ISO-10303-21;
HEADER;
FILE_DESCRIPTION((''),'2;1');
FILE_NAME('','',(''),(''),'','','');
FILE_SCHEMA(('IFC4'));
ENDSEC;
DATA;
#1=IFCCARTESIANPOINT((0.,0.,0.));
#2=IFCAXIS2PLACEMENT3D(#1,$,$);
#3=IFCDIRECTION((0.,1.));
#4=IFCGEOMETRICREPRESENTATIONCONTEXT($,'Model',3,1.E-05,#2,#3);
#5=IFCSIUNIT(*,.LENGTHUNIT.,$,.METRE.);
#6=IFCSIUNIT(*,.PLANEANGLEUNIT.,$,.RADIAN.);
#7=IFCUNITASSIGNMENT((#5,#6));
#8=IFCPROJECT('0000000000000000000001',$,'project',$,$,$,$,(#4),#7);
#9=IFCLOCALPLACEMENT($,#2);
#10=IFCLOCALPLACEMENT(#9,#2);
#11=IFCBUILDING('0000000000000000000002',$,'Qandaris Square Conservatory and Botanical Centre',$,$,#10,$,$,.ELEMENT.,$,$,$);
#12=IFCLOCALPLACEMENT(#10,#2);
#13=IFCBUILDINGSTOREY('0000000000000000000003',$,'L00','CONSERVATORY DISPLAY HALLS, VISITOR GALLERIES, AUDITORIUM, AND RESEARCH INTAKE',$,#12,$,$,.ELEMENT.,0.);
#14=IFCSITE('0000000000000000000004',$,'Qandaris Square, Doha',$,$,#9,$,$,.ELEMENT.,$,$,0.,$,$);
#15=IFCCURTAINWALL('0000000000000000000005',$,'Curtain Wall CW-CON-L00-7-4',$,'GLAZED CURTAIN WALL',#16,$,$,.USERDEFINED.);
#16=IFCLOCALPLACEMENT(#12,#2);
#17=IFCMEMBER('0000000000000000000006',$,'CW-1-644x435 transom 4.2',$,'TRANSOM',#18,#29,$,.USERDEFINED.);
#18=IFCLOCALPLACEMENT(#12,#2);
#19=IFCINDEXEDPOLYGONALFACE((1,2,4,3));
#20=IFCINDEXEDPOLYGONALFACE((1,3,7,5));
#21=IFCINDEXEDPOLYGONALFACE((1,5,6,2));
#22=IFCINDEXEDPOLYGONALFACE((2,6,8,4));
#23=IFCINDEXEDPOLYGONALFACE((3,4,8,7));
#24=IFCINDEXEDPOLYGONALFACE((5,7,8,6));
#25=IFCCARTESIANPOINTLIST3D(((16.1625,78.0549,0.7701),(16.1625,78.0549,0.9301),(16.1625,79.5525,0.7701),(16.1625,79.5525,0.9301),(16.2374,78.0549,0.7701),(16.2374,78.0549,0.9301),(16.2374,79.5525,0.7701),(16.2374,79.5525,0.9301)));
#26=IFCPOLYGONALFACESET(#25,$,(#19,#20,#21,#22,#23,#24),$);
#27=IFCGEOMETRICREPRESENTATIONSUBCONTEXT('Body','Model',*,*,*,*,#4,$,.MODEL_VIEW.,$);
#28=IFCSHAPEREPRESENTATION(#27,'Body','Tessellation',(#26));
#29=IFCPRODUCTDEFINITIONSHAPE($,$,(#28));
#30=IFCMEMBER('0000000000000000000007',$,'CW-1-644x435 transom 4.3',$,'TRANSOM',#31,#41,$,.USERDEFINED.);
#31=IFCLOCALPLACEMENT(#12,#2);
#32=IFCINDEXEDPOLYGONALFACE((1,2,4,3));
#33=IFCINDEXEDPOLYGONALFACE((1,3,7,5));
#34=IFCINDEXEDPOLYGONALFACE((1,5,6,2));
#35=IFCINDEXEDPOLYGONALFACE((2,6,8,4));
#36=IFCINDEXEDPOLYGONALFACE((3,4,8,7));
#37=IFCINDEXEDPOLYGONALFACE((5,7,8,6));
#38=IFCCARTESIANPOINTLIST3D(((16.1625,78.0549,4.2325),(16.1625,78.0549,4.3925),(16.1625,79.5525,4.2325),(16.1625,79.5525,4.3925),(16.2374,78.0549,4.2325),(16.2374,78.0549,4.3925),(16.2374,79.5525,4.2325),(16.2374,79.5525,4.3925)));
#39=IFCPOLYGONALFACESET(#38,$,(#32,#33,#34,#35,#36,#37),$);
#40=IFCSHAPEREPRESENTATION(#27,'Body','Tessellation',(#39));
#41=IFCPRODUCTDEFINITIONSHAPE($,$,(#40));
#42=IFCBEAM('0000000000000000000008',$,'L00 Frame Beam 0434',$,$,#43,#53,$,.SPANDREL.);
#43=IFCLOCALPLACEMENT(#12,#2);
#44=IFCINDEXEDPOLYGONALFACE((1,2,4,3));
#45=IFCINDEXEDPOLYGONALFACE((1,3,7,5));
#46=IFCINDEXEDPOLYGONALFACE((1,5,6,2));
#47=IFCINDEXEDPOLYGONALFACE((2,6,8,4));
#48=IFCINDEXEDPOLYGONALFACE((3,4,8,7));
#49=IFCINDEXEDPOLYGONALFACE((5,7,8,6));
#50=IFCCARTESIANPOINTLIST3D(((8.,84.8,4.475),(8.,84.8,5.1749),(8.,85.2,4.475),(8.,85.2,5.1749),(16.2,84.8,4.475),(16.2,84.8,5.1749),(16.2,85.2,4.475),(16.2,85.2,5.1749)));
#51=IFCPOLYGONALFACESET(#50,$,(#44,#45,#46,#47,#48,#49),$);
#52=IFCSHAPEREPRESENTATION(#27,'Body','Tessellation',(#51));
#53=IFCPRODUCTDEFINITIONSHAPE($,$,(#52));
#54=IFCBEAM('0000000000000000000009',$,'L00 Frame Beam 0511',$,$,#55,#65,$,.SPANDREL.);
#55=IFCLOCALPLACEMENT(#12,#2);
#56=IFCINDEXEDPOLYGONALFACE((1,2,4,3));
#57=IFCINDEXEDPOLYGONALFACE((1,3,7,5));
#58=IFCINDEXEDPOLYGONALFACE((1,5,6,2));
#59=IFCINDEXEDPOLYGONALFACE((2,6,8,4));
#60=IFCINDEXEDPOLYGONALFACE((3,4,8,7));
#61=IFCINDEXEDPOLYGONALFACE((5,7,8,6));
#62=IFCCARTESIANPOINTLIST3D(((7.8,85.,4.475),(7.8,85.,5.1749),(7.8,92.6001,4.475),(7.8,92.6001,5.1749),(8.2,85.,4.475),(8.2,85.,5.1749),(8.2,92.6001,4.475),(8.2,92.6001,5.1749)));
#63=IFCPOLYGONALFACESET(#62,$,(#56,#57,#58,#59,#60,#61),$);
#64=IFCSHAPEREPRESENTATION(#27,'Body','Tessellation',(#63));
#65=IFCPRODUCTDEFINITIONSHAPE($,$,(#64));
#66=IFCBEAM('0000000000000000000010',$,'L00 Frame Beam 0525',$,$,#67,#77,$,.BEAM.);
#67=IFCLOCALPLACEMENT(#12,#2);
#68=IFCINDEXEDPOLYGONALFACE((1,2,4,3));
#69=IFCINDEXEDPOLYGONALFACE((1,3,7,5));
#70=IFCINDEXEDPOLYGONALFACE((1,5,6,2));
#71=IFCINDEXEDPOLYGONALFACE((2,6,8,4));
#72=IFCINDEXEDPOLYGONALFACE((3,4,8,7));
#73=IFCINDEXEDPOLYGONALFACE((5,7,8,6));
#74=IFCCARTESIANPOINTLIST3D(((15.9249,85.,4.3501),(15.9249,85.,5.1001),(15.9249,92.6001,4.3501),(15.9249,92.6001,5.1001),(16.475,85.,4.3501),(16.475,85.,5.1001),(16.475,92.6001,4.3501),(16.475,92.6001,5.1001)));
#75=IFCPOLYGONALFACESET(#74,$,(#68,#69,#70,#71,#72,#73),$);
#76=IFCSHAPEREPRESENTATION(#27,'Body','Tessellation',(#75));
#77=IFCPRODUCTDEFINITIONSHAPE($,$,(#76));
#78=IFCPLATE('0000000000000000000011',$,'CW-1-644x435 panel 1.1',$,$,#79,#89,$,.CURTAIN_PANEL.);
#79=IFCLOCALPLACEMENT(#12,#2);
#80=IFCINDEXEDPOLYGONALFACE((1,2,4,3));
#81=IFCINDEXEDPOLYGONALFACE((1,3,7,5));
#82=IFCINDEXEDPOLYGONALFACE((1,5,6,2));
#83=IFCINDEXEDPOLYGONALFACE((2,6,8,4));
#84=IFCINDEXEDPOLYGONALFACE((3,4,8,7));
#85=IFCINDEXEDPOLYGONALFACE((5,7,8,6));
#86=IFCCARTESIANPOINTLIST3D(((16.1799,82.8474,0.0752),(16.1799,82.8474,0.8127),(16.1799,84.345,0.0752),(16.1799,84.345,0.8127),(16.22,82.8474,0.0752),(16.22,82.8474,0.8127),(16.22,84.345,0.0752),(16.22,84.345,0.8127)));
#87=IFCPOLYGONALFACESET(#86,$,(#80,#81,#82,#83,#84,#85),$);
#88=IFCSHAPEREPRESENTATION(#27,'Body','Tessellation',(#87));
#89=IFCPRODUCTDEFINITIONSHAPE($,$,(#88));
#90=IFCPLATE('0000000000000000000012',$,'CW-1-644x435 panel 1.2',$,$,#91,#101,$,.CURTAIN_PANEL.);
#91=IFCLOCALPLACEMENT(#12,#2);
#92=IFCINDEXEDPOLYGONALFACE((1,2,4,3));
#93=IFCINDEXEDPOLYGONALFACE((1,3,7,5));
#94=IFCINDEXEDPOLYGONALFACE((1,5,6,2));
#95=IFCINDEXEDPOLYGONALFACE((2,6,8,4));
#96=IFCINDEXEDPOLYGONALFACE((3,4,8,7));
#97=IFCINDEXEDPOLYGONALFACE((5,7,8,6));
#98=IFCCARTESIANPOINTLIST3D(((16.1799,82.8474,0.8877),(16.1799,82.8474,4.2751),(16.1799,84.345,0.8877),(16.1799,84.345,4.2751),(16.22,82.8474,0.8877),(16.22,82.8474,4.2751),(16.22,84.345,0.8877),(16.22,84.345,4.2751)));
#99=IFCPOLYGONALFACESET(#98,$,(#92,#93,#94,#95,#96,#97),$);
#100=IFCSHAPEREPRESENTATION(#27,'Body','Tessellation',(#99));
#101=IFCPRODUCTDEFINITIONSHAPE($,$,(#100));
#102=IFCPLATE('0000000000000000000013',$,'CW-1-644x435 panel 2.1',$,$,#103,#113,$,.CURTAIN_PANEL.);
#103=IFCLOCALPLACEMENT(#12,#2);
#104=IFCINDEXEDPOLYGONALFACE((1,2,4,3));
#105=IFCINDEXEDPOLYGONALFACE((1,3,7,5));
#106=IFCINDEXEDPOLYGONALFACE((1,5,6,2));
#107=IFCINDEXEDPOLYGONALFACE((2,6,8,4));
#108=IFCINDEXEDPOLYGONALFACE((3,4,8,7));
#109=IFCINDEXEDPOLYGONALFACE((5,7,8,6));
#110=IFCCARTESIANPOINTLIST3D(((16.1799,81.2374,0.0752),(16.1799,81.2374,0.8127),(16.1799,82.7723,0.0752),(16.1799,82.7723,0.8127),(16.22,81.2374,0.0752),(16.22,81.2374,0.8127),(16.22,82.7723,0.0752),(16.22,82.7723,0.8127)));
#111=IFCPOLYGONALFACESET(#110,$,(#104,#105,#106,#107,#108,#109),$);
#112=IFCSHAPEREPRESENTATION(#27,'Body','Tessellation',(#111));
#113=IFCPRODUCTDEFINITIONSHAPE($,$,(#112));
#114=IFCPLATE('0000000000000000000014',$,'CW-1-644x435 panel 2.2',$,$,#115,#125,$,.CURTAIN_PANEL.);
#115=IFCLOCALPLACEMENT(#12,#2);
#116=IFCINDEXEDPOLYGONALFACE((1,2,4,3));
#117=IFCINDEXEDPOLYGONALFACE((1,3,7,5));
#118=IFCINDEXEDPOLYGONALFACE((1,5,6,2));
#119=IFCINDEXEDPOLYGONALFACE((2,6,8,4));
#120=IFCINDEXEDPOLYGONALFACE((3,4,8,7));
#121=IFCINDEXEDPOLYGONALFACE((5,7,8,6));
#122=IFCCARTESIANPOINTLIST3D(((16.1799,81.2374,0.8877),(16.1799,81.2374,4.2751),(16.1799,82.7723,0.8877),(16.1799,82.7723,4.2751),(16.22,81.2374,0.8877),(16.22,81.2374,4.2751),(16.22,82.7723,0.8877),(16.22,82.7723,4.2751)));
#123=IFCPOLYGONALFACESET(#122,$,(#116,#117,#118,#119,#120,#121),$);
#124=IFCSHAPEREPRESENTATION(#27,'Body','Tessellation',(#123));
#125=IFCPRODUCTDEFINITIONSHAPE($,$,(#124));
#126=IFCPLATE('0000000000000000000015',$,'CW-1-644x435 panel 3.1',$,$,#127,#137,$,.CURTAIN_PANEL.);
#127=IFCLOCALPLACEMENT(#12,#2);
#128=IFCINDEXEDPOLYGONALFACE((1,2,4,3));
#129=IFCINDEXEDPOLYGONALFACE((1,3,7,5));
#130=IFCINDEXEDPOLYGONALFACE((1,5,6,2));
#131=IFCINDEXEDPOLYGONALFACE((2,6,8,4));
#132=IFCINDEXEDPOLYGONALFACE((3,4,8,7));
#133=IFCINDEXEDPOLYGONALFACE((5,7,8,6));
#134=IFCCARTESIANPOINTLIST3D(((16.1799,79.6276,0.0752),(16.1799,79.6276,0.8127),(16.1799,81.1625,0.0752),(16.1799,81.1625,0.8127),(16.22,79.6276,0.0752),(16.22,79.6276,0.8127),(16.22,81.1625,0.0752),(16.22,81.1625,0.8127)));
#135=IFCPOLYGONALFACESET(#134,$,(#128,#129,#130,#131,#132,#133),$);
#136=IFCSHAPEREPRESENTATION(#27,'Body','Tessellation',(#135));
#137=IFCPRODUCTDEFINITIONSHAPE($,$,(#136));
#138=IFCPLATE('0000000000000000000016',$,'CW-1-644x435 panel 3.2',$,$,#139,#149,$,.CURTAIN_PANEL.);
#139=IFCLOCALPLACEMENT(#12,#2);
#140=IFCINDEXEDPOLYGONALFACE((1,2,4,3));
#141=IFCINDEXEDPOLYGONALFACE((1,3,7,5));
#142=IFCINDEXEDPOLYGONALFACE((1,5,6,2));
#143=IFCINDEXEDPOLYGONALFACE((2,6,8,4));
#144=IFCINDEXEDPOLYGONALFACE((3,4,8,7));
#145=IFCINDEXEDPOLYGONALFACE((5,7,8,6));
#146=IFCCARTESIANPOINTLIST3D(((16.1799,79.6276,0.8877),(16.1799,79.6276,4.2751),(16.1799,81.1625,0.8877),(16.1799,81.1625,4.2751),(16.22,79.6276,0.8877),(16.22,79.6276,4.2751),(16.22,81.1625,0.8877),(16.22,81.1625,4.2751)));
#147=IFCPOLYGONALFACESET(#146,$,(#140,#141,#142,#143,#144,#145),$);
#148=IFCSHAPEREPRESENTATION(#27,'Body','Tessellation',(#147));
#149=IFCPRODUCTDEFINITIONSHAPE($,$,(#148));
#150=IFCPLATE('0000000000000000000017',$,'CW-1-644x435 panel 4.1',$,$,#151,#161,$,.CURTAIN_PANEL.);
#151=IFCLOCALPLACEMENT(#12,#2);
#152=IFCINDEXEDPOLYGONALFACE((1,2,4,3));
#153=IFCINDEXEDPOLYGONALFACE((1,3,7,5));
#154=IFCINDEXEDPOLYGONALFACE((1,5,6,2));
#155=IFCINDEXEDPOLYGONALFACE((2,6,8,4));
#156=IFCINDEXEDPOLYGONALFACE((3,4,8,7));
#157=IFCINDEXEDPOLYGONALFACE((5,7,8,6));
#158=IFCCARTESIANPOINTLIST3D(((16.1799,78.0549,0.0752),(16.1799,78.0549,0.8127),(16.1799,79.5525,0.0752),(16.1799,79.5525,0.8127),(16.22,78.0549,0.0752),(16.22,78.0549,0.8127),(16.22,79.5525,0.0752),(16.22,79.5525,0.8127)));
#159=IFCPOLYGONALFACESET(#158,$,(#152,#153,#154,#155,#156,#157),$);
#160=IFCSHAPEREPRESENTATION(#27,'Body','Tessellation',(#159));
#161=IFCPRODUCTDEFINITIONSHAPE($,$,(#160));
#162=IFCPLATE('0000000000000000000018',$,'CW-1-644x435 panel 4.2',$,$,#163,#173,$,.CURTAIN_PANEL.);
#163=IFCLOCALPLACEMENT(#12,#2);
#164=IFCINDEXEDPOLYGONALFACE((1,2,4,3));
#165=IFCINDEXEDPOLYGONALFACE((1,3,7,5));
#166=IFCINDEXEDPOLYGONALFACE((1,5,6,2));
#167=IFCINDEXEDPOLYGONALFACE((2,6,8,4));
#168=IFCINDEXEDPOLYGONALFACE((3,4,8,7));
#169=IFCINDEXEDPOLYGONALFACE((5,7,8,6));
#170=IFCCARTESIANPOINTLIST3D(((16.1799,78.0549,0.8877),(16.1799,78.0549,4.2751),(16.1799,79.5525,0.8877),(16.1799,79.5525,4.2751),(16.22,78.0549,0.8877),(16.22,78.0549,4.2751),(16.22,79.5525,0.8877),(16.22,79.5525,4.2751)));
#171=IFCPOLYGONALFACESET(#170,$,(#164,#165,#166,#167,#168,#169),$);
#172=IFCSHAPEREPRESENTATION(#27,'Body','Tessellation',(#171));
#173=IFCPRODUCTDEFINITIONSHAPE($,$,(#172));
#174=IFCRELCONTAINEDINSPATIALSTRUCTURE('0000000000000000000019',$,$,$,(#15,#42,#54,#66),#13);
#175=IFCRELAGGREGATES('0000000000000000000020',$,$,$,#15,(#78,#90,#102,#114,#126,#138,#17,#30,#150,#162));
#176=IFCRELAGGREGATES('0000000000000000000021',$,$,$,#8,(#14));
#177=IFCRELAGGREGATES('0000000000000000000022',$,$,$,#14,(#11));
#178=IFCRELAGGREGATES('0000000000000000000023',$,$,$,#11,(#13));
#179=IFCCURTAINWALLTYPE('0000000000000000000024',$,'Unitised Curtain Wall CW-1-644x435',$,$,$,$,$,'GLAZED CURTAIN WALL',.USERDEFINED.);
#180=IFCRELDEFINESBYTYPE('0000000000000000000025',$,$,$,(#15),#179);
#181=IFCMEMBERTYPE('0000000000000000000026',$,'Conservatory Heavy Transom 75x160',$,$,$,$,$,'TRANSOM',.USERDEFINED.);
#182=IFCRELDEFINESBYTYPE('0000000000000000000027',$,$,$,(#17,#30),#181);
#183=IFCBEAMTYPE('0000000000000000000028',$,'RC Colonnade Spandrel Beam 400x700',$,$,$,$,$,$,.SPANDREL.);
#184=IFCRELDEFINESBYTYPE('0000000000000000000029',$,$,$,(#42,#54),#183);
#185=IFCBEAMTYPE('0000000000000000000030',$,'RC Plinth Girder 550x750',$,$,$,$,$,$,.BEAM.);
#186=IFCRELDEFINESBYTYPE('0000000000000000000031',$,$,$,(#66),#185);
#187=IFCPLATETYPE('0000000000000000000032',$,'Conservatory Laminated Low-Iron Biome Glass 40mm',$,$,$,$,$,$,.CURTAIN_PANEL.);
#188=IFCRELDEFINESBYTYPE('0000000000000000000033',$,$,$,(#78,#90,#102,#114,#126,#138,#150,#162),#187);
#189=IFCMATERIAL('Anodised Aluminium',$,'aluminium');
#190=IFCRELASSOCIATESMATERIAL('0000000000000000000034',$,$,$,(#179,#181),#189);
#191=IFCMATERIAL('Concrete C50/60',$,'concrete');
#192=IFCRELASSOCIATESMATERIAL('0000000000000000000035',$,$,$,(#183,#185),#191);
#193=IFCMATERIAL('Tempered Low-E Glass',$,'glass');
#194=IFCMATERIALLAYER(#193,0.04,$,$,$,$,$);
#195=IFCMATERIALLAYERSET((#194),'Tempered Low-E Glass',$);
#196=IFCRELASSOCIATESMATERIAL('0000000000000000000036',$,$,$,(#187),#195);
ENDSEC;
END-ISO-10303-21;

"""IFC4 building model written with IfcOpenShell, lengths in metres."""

from ifc_helpers import new_model, si_unit, direction, frame, origin, origin_2d, place, context, subcontext, project, spatial, rectangle, extrude, material, layer, layer_set, material_profile, profile_set, type_object, element, aggregate, save


model = new_model("IFC4")

# Units and contexts
model_context = context("Model", 3, precision=1e-05, world=origin(), true_north=direction((0.0, 1.0)))
body_context = subcontext(model_context, "Body", "Model", "MODEL_VIEW")
ifc_project = project(units=[si_unit("LENGTHUNIT", "METRE"), si_unit("PLANEANGLEUNIT", "RADIAN")], contexts=[model_context])

# Site, building, storey
site_placement = place(None, origin())
site = spatial("IfcSite", under=ifc_project, at=site_placement, Name="Qandaris Square, Doha", CompositionType="ELEMENT", RefElevation=0.0)
building_placement = place(site_placement, origin())
building = spatial("IfcBuilding", under=site, at=building_placement, Name="Qandaris Square Conservatory and Botanical Centre", CompositionType="ELEMENT")
storey_placement = place(building_placement, origin())
storey = spatial("IfcBuildingStorey", under=building, at=storey_placement, Name="L00", Description="CONSERVATORY DISPLAY HALLS, VISITOR GALLERIES, AUDITORIUM, AND RESEARCH INTAKE", CompositionType="ELEMENT", Elevation=0.0)

# Shared definitions
ifc_material_1 = material(Name="Concrete C50/60", Category="concrete")

# Shared definitions
ifc_material_2 = material(Name="Anodised Aluminium", Category="aluminium")
curtain_wall_type = type_object("IfcCurtainWallType", Name="Unitised Curtain Wall CW-1-644x435", ElementType="GLAZED CURTAIN WALL", PredefinedType="USERDEFINED", material=ifc_material_2)

# Curtain wall, members
curtain_wall_1_placement = place(storey_placement, origin())
curtain_wall_1 = element("IfcCurtainWall", 1, at=curtain_wall_1_placement, inside=storey, type_object=curtain_wall_type, Name="Curtain Wall CW-CON-L00-7-4", ObjectType="GLAZED CURTAIN WALL", PredefinedType="USERDEFINED")
ifc_material_profile_1 = material_profile(ifc_material_2, rectangle(XDim=0.075, YDim=0.1599, at=origin_2d()), Name="ALU-TRN 75x160")
ifc_profile_set_1 = profile_set([ifc_material_profile_1], Name="Anodised Aluminium")
member_type_1 = type_object("IfcMemberType", Name="Conservatory Heavy Transom 75x160", ElementType="TRANSOM", PredefinedType="USERDEFINED", material=ifc_profile_set_1)
member_1_placement = place(storey_placement, frame((16.2, 79.5525, 0.8501), z_axis=(0.0, -1.0, 0.0), x_axis=(1.0, 0.0, 0.0)))
member_1 = element("IfcMember", 2, at=member_1_placement, type_object=member_type_1, Name="CW-1-644x435 transom 4.2", ObjectType="TRANSOM", PredefinedType="USERDEFINED", context=body_context, shape_type="SweptSolid", body=[
    extrude(rectangle(XDim=0.075, YDim=0.1599, at=origin_2d()), origin(), (0.0, 0.0, 1.0), 1.4976),
])
member_2_placement = place(storey_placement, frame((16.2, 79.5525, 4.3125), z_axis=(0.0, -1.0, 0.0), x_axis=(1.0, 0.0, 0.0)))
member_2 = element("IfcMember", 3, at=member_2_placement, type_object=member_type_1, Name="CW-1-644x435 transom 4.3", ObjectType="TRANSOM", PredefinedType="USERDEFINED", context=body_context, shape_type="SweptSolid", body=[
    extrude(rectangle(XDim=0.075, YDim=0.1599, at=origin_2d()), origin(), (0.0, 0.0, 1.0), 1.4976),
])

# Beams
ifc_material_profile_2 = material_profile(ifc_material_1, rectangle(XDim=0.3999, YDim=0.7, at=origin_2d()), Name="RC-SP 400x700")
ifc_profile_set_2 = profile_set([ifc_material_profile_2], Name="Concrete C50/60")
beam_type_1 = type_object("IfcBeamType", Name="RC Colonnade Spandrel Beam 400x700", PredefinedType="SPANDREL", material=ifc_profile_set_2)
beam_1_placement = place(storey_placement, frame((8.0, 85.0, 4.825), z_axis=(1.0, 0.0, 0.0), x_axis=(0.0, 1.0, 0.0)))
element("IfcBeam", 4, at=beam_1_placement, inside=storey, type_object=beam_type_1, Name="L00 Frame Beam 0434", PredefinedType="SPANDREL", context=body_context, shape_type="SweptSolid", body=[
    extrude(rectangle(XDim=0.3999, YDim=0.7, at=origin_2d()), origin(), (0.0, 0.0, 1.0), 8.2),
])
beam_2_placement = place(storey_placement, frame((8.0, 85.0, 4.825), z_axis=(0.0, 1.0, 0.0), x_axis=(-1.0, 0.0, 0.0)))
element("IfcBeam", 5, at=beam_2_placement, inside=storey, type_object=beam_type_1, Name="L00 Frame Beam 0511", PredefinedType="SPANDREL", context=body_context, shape_type="SweptSolid", body=[
    extrude(rectangle(XDim=0.3999, YDim=0.7, at=origin_2d()), origin(), (0.0, 0.0, 1.0), 7.6001),
])
ifc_material_profile_3 = material_profile(ifc_material_1, rectangle(XDim=0.55, YDim=0.75, at=origin_2d()), Name="RC-BM 550x750")
ifc_profile_set_3 = profile_set([ifc_material_profile_3], Name="Concrete C50/60")
beam_type_2 = type_object("IfcBeamType", Name="RC Plinth Girder 550x750", PredefinedType="BEAM", material=ifc_profile_set_3)
beam_3_placement = place(storey_placement, frame((16.2, 85.0, 4.7251), z_axis=(0.0, 1.0, 0.0), x_axis=(-1.0, 0.0, 0.0)))
element("IfcBeam", 6, at=beam_3_placement, inside=storey, type_object=beam_type_2, Name="L00 Frame Beam 0525", PredefinedType="BEAM", context=body_context, shape_type="SweptSolid", body=[
    extrude(rectangle(XDim=0.55, YDim=0.75, at=origin_2d()), origin(), (0.0, 0.0, 1.0), 7.6001),
])

# Plates
ifc_material_3 = material(Name="Tempered Low-E Glass", Category="glass")
ifc_layer = layer(ifc_material_3, 0.04)
ifc_layer_set = layer_set([ifc_layer], Name="Tempered Low-E Glass")
plate_type = type_object("IfcPlateType", Name="Conservatory Laminated Low-Iron Biome Glass 40mm", PredefinedType="CURTAIN_PANEL", material=ifc_layer_set)
plate_1_placement = place(storey_placement, frame((16.2, 83.5962, 0.0752), z_axis=(0.0, 0.0, 1.0), x_axis=(0.0, -1.0, 0.0)))
plate_1 = element("IfcPlate", 7, at=plate_1_placement, type_object=plate_type, Name="CW-1-644x435 panel 1.1", PredefinedType="CURTAIN_PANEL", context=body_context, shape_type="SweptSolid", body=[
    extrude(rectangle(XDim=1.4976, YDim=0.04, at=origin_2d()), origin(), (0.0, 0.0, 1.0), 0.7375),
])
plate_2_placement = place(storey_placement, frame((16.2, 83.5962, 0.8877), z_axis=(0.0, 0.0, 1.0), x_axis=(0.0, -1.0, 0.0)))
plate_2 = element("IfcPlate", 8, at=plate_2_placement, type_object=plate_type, Name="CW-1-644x435 panel 1.2", PredefinedType="CURTAIN_PANEL", context=body_context, shape_type="SweptSolid", body=[
    extrude(rectangle(XDim=1.4976, YDim=0.04, at=origin_2d()), origin(), (0.0, 0.0, 1.0), 3.3875),
])
plate_3_placement = place(storey_placement, frame((16.2, 82.0049, 0.0752), z_axis=(0.0, 0.0, 1.0), x_axis=(0.0, -1.0, 0.0)))
plate_3 = element("IfcPlate", 9, at=plate_3_placement, type_object=plate_type, Name="CW-1-644x435 panel 2.1", PredefinedType="CURTAIN_PANEL", context=body_context, shape_type="SweptSolid", body=[
    extrude(rectangle(XDim=1.5349, YDim=0.04, at=origin_2d()), origin(), (0.0, 0.0, 1.0), 0.7375),
])
plate_4_placement = place(storey_placement, frame((16.2, 82.0049, 0.8877), z_axis=(0.0, 0.0, 1.0), x_axis=(0.0, -1.0, 0.0)))
plate_4 = element("IfcPlate", 10, at=plate_4_placement, type_object=plate_type, Name="CW-1-644x435 panel 2.2", PredefinedType="CURTAIN_PANEL", context=body_context, shape_type="SweptSolid", body=[
    extrude(rectangle(XDim=1.5349, YDim=0.04, at=origin_2d()), origin(), (0.0, 0.0, 1.0), 3.3875),
])
plate_5_placement = place(storey_placement, frame((16.2, 80.395, 0.0752), z_axis=(0.0, 0.0, 1.0), x_axis=(0.0, -1.0, 0.0)))
plate_5 = element("IfcPlate", 11, at=plate_5_placement, type_object=plate_type, Name="CW-1-644x435 panel 3.1", PredefinedType="CURTAIN_PANEL", context=body_context, shape_type="SweptSolid", body=[
    extrude(rectangle(XDim=1.5349, YDim=0.04, at=origin_2d()), origin(), (0.0, 0.0, 1.0), 0.7375),
])
plate_6_placement = place(storey_placement, frame((16.2, 80.395, 0.8877), z_axis=(0.0, 0.0, 1.0), x_axis=(0.0, -1.0, 0.0)))
plate_6 = element("IfcPlate", 12, at=plate_6_placement, type_object=plate_type, Name="CW-1-644x435 panel 3.2", PredefinedType="CURTAIN_PANEL", context=body_context, shape_type="SweptSolid", body=[
    extrude(rectangle(XDim=1.5349, YDim=0.04, at=origin_2d()), origin(), (0.0, 0.0, 1.0), 3.3875),
])
plate_7_placement = place(storey_placement, frame((16.2, 78.8037, 0.0752), z_axis=(0.0, 0.0, 1.0), x_axis=(0.0, -1.0, 0.0)))
plate_7 = element("IfcPlate", 13, at=plate_7_placement, type_object=plate_type, Name="CW-1-644x435 panel 4.1", PredefinedType="CURTAIN_PANEL", context=body_context, shape_type="SweptSolid", body=[
    extrude(rectangle(XDim=1.4976, YDim=0.04, at=origin_2d()), origin(), (0.0, 0.0, 1.0), 0.7375),
])
plate_8_placement = place(storey_placement, frame((16.2, 78.8037, 0.8877), z_axis=(0.0, 0.0, 1.0), x_axis=(0.0, -1.0, 0.0)))
plate_8 = element("IfcPlate", 14, at=plate_8_placement, type_object=plate_type, Name="CW-1-644x435 panel 4.2", PredefinedType="CURTAIN_PANEL", context=body_context, shape_type="SweptSolid", body=[
    extrude(rectangle(XDim=1.4976, YDim=0.04, at=origin_2d()), origin(), (0.0, 0.0, 1.0), 3.3875),
])
aggregate(curtain_wall_1, [plate_1, plate_2, plate_3, plate_4, plate_5, plate_6, member_1, member_2, plate_7, plate_8])

save(model, "model.ifc")
